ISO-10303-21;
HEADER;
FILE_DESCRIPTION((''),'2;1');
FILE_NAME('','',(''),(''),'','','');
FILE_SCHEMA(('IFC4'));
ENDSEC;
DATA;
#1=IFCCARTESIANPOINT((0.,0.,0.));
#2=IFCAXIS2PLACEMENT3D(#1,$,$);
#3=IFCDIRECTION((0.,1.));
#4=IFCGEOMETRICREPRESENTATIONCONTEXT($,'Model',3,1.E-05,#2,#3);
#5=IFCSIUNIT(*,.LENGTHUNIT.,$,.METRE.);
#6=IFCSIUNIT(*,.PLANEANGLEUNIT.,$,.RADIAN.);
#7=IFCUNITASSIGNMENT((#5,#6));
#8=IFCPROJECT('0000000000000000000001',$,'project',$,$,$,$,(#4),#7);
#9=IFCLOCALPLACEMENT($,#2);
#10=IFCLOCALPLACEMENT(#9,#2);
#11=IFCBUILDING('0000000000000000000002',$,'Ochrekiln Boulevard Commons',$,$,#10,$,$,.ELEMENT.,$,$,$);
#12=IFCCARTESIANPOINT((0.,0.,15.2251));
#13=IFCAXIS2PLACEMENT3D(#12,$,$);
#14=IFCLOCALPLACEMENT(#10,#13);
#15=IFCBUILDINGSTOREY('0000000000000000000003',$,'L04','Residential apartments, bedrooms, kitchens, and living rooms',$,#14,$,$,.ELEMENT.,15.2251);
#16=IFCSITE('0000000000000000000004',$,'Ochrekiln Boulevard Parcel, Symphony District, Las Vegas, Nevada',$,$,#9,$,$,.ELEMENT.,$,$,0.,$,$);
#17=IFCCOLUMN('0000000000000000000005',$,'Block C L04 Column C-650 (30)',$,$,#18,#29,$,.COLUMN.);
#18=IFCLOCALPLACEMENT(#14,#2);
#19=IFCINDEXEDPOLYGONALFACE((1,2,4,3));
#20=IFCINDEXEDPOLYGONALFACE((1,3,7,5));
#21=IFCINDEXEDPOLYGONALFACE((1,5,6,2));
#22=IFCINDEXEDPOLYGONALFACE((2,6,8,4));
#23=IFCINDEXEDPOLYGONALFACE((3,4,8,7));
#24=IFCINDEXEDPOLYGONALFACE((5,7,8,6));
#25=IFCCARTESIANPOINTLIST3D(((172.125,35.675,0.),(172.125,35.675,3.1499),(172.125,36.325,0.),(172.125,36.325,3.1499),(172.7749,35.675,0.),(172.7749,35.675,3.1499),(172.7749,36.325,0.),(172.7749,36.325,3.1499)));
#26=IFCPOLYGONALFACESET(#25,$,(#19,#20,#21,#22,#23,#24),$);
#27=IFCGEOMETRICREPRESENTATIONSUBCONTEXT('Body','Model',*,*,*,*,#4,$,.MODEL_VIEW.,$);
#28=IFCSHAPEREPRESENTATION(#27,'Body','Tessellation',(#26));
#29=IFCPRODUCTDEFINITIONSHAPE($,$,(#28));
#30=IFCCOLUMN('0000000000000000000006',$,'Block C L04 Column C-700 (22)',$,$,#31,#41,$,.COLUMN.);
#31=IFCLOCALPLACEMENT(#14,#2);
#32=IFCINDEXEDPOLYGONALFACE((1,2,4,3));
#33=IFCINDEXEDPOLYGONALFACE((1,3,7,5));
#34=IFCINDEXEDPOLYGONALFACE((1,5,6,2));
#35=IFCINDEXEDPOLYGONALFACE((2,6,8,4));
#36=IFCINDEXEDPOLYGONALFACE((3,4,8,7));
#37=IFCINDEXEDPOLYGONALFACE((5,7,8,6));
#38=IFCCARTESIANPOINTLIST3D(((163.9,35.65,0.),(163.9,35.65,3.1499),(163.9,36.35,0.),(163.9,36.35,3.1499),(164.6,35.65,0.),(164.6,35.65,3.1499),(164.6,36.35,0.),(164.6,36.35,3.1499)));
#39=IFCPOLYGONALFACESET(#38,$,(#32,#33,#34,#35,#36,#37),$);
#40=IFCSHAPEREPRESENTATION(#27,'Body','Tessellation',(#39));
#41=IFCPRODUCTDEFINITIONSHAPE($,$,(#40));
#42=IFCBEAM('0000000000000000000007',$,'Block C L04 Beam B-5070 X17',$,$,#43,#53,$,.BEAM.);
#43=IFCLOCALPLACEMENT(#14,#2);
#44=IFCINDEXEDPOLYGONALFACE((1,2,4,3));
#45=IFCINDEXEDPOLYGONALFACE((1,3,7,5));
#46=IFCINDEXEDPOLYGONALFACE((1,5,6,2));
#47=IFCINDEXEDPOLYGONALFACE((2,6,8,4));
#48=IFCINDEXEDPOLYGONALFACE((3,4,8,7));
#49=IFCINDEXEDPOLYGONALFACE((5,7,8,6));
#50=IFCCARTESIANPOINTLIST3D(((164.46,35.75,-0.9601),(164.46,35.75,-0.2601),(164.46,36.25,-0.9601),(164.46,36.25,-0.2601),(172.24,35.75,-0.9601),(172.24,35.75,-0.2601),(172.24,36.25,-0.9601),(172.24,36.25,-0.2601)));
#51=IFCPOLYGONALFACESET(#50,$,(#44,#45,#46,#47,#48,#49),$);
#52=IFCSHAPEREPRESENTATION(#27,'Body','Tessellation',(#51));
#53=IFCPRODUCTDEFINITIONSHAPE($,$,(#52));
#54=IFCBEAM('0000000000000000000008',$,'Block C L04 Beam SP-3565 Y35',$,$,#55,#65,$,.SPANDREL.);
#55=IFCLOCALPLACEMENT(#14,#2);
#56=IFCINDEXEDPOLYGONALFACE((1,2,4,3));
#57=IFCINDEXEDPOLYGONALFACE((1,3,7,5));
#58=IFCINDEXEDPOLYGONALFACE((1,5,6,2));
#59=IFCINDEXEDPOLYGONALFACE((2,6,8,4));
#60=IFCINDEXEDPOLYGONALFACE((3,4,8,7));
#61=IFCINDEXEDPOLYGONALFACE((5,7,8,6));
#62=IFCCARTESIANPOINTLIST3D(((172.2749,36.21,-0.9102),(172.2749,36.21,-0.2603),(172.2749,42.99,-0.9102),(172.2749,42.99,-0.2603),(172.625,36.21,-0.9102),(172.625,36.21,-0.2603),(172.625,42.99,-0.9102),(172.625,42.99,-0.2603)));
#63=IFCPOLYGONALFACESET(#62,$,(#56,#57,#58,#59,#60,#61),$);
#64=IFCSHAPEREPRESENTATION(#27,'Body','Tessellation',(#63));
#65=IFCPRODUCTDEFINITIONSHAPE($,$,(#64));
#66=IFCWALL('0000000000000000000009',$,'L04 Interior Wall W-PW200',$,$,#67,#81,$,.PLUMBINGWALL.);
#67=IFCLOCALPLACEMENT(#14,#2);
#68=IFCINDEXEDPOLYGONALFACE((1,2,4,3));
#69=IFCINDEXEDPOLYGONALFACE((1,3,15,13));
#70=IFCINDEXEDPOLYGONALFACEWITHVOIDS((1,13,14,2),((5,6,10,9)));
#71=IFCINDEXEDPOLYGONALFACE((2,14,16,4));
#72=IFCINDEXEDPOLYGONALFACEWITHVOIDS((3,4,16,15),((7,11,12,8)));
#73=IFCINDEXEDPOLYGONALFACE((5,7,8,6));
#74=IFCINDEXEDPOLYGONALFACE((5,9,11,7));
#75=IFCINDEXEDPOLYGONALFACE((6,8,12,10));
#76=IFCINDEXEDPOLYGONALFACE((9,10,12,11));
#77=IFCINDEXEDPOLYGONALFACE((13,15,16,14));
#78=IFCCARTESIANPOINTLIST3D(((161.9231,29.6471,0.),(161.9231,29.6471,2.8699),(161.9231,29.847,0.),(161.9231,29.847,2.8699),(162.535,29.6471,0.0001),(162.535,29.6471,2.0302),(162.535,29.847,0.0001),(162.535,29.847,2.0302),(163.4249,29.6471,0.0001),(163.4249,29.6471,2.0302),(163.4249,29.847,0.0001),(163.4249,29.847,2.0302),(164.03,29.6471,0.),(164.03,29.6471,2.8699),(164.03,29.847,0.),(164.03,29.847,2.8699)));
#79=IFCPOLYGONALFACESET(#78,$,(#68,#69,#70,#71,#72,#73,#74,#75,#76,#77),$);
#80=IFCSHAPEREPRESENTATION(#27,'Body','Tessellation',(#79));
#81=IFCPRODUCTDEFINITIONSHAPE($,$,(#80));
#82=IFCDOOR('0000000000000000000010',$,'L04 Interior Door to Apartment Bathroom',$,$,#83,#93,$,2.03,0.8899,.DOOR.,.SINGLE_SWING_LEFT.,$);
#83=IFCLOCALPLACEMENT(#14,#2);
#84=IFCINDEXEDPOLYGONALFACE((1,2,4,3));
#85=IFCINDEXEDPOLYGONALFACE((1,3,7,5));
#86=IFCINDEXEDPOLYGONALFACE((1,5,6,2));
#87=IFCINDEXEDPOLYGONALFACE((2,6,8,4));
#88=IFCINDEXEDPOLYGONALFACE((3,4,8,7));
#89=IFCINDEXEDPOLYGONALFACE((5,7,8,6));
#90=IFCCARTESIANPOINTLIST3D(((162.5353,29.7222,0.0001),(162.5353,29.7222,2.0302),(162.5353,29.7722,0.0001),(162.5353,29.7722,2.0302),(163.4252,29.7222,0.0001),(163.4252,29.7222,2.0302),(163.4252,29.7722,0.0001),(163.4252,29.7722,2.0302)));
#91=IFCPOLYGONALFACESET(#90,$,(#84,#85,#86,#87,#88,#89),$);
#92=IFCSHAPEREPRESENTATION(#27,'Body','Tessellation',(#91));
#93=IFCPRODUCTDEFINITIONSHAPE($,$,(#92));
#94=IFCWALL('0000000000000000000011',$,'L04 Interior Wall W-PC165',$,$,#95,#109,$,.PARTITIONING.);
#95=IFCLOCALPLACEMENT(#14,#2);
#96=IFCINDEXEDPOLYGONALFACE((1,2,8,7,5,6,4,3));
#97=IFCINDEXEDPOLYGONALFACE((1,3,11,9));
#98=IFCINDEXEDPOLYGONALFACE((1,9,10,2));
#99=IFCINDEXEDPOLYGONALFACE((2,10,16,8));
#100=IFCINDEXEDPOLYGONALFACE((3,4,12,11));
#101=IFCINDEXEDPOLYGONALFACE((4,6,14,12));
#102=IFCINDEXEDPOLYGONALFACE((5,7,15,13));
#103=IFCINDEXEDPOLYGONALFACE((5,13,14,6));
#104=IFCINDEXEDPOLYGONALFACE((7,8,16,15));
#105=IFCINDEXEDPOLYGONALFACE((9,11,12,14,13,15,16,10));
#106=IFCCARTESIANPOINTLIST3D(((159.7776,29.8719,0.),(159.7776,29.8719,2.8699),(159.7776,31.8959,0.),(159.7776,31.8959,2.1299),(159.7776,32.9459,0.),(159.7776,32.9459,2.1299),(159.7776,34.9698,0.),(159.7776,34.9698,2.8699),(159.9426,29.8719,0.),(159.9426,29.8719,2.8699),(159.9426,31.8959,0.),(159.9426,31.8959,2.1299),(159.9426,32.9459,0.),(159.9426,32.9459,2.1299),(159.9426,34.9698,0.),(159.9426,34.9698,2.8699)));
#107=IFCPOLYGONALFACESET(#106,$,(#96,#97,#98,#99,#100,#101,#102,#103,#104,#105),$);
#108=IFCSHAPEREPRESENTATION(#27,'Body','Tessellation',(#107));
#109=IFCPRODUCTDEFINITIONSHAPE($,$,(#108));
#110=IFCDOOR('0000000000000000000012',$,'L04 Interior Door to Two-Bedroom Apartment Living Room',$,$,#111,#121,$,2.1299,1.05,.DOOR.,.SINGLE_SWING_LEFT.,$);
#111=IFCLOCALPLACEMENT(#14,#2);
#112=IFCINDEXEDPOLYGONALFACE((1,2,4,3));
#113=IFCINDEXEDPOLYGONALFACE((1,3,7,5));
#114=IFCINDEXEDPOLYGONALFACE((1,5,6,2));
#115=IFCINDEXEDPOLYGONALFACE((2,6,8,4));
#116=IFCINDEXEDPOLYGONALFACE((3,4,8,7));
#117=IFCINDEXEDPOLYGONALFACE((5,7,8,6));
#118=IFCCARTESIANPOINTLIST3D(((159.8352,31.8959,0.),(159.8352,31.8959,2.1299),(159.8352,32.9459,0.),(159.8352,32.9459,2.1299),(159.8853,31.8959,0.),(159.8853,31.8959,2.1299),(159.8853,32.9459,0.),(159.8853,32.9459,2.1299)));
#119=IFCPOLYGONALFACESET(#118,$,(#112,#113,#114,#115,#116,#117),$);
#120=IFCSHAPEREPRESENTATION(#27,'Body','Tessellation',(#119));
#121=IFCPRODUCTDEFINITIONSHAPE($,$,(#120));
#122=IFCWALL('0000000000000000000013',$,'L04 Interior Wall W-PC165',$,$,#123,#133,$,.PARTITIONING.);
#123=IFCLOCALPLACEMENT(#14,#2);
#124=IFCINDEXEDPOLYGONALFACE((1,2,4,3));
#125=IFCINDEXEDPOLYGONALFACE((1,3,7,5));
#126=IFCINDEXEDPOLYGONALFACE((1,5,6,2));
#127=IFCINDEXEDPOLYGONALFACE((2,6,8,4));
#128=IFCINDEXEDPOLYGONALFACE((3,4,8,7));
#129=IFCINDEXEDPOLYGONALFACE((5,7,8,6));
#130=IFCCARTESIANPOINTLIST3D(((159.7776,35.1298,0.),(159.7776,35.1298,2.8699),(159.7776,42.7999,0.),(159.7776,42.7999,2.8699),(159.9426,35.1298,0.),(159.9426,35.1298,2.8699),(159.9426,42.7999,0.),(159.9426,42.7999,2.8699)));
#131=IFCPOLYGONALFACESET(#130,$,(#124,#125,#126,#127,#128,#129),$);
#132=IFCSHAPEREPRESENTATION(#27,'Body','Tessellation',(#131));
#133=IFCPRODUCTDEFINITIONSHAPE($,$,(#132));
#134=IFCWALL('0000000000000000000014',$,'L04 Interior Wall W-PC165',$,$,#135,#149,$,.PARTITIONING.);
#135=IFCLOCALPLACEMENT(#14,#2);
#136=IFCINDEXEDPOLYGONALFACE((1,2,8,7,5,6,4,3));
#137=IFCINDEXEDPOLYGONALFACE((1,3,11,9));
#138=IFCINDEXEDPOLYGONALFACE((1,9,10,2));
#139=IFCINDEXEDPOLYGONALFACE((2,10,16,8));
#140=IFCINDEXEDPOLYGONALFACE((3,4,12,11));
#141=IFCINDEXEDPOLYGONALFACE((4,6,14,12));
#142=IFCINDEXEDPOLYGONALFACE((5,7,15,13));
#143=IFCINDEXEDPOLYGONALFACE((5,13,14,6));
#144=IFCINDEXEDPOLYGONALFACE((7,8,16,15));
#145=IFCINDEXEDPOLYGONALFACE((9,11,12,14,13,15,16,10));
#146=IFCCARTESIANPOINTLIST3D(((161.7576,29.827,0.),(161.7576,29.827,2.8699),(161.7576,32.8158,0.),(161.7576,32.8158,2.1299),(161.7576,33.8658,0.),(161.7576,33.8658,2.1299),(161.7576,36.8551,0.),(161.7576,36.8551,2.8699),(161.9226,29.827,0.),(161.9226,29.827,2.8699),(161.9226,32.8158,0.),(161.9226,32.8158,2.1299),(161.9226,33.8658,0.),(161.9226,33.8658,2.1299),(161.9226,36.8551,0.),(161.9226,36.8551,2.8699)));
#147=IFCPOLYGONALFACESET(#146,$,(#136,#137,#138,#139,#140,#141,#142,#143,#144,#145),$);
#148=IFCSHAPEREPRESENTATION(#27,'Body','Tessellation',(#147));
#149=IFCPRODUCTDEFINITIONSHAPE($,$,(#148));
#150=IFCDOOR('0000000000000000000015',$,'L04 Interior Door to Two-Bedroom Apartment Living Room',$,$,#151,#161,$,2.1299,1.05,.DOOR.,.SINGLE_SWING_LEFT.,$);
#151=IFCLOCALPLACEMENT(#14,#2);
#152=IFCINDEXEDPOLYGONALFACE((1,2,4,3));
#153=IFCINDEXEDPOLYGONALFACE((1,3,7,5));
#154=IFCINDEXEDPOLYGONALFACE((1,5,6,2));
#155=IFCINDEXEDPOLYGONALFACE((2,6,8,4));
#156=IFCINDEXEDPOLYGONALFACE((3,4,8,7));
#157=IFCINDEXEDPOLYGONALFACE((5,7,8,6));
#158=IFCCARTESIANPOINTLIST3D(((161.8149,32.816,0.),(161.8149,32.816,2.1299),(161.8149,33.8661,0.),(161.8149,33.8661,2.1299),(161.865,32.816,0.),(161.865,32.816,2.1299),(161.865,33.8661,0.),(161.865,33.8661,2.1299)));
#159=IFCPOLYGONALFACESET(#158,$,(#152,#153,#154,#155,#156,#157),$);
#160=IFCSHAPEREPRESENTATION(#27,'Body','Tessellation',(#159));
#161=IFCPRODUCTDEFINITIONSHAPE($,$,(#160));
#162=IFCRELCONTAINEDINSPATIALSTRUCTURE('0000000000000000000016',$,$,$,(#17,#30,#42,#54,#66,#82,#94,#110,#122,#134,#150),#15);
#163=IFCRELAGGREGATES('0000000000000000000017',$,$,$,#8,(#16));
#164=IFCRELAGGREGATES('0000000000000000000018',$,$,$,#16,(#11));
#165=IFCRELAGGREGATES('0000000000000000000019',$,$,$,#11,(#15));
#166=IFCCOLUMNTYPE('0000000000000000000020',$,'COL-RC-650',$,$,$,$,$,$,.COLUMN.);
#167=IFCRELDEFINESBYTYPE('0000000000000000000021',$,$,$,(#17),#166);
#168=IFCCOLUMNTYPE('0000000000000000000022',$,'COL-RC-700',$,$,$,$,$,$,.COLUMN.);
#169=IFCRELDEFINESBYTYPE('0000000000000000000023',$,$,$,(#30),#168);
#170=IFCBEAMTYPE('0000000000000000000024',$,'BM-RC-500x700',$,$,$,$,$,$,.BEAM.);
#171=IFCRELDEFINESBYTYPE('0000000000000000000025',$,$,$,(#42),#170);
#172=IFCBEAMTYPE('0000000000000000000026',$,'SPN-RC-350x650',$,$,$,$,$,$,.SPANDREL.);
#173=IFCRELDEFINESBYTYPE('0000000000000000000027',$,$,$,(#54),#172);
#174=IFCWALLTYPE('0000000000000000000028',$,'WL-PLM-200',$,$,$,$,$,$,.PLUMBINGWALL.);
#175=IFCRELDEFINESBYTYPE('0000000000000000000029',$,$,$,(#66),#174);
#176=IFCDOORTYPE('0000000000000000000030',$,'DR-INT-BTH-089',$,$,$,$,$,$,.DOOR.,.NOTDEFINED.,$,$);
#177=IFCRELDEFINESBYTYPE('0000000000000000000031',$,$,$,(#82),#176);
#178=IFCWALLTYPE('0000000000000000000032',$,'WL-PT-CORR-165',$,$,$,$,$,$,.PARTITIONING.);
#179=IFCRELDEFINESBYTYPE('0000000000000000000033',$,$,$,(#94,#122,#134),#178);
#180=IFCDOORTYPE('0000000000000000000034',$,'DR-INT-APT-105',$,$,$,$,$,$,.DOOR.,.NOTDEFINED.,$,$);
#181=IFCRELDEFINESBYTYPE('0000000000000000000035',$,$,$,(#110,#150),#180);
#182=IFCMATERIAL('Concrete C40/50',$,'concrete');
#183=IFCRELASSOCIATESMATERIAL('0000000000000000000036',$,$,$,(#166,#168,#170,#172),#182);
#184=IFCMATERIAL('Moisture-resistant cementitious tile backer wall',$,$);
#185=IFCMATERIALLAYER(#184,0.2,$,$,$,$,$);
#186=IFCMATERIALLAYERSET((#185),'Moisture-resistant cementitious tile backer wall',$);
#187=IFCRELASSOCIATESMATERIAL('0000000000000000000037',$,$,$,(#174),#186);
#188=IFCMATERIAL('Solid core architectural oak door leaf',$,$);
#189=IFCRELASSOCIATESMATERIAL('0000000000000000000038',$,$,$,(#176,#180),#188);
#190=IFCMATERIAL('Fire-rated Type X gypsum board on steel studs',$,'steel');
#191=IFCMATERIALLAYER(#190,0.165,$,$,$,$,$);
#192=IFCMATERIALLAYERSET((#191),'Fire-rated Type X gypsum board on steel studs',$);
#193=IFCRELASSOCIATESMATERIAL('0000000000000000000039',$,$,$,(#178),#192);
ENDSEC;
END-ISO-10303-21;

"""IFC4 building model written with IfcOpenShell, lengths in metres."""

from ifc_helpers import new_model, si_unit, direction, frame, frame_2d, origin, origin_2d, place, context, subcontext, project, spatial, rectangle, extrude, material, layer, layer_set, material_profile, profile_set, type_object, element, fill, save


model = new_model("IFC4")

# Units and contexts
model_context = context("Model", 3, precision=1e-05, world=origin(), true_north=direction((0.0, 1.0)))
body_context = subcontext(model_context, "Body", "Model", "MODEL_VIEW")
ifc_project = project(units=[si_unit("LENGTHUNIT", "METRE"), si_unit("PLANEANGLEUNIT", "RADIAN")], contexts=[model_context])

# Site, building, storey
site_placement = place(None, origin())
site = spatial("IfcSite", under=ifc_project, at=site_placement, Name="Ochrekiln Boulevard Parcel, Symphony District, Las Vegas, Nevada", CompositionType="ELEMENT", RefElevation=0.0)
building_placement = place(site_placement, origin())
building = spatial("IfcBuilding", under=site, at=building_placement, Name="Ochrekiln Boulevard Commons", CompositionType="ELEMENT")
storey_placement = place(building_placement, frame((0.0, 0.0, 15.2251)))
storey = spatial("IfcBuildingStorey", under=building, at=storey_placement, Name="L04", Description="Residential apartments, bedrooms, kitchens, and living rooms", CompositionType="ELEMENT", Elevation=15.2251)

# Columns
ifc_material_1 = material(Name="Concrete C40/50", Category="concrete")
ifc_material_profile_1 = material_profile(ifc_material_1, rectangle(XDim=0.6499, YDim=0.6499, at=origin_2d()), Name="RC-COL-650x650")
ifc_profile_set_1 = profile_set([ifc_material_profile_1], Name="Concrete C40/50")
column_type_1 = type_object("IfcColumnType", Name="COL-RC-650", PredefinedType="COLUMN", material=ifc_profile_set_1)
column_1_placement = place(storey_placement, frame((172.45, 36.0, 0.0), z_axis=(0.0, 0.0, 1.0), x_axis=(1.0, 0.0, 0.0)))
element("IfcColumn", 1, at=column_1_placement, inside=storey, type_object=column_type_1, Name="Block C L04 Column C-650 (30)", PredefinedType="COLUMN", context=body_context, shape_type="SweptSolid", body=[
    extrude(rectangle(XDim=0.6499, YDim=0.6499, at=origin_2d()), origin(), (0.0, 0.0, 1.0), 3.1499),
])
ifc_material_profile_2 = material_profile(ifc_material_1, rectangle(XDim=0.7, YDim=0.7, at=origin_2d()), Name="RC-COL-700x700")
ifc_profile_set_2 = profile_set([ifc_material_profile_2], Name="Concrete C40/50")
column_type_2 = type_object("IfcColumnType", Name="COL-RC-700", PredefinedType="COLUMN", material=ifc_profile_set_2)
column_2_placement = place(storey_placement, frame((164.25, 36.0, 0.0), z_axis=(0.0, 0.0, 1.0), x_axis=(1.0, 0.0, 0.0)))
element("IfcColumn", 2, at=column_2_placement, inside=storey, type_object=column_type_2, Name="Block C L04 Column C-700 (22)", PredefinedType="COLUMN", context=body_context, shape_type="SweptSolid", body=[
    extrude(rectangle(XDim=0.7, YDim=0.7, at=origin_2d()), origin(), (0.0, 0.0, 1.0), 3.1499),
])

# Beams
ifc_material_profile_3 = material_profile(ifc_material_1, rectangle(XDim=0.5, YDim=0.7, at=origin_2d()), Name="RC-BM-500x700")
ifc_profile_set_3 = profile_set([ifc_material_profile_3], Name="Concrete C40/50")
beam_type_1 = type_object("IfcBeamType", Name="BM-RC-500x700", PredefinedType="BEAM", material=ifc_profile_set_3)
beam_1_placement = place(storey_placement, frame((164.46, 36.0, -0.6101), z_axis=(1.0, 0.0, 0.0), x_axis=(0.0, 1.0, 0.0)))
element("IfcBeam", 3, at=beam_1_placement, inside=storey, type_object=beam_type_1, Name="Block C L04 Beam B-5070 X17", PredefinedType="BEAM", context=body_context, shape_type="SweptSolid", body=[
    extrude(rectangle(XDim=0.5, YDim=0.7, at=origin_2d()), origin(), (0.0, 0.0, 1.0), 7.78),
])
ifc_material_profile_4 = material_profile(ifc_material_1, rectangle(XDim=0.3501, YDim=0.6499, at=origin_2d()), Name="RC-SPN-350x650")
ifc_profile_set_4 = profile_set([ifc_material_profile_4], Name="Concrete C40/50")
beam_type_2 = type_object("IfcBeamType", Name="SPN-RC-350x650", PredefinedType="SPANDREL", material=ifc_profile_set_4)
beam_2_placement = place(storey_placement, frame((172.45, 36.21, -0.5852), z_axis=(0.0, 1.0, 0.0), x_axis=(-1.0, 0.0, 0.0)))
element("IfcBeam", 4, at=beam_2_placement, inside=storey, type_object=beam_type_2, Name="Block C L04 Beam SP-3565 Y35", PredefinedType="SPANDREL", context=body_context, shape_type="SweptSolid", body=[
    extrude(rectangle(XDim=0.3501, YDim=0.6499, at=origin_2d()), origin(), (0.0, 0.0, 1.0), 6.78),
])

# Walls, openings, doors
ifc_material_2 = material(Name="Moisture-resistant cementitious tile backer wall")
ifc_layer_1 = layer(ifc_material_2, 0.2)
ifc_layer_set_1 = layer_set([ifc_layer_1], Name="Moisture-resistant cementitious tile backer wall")
wall_type_1 = type_object("IfcWallType", Name="WL-PLM-200", PredefinedType="PLUMBINGWALL", material=ifc_layer_set_1)
wall_1_placement = place(storey_placement, frame((161.9231, 29.7471, 0.0), z_axis=(0.0, 0.0, 1.0), x_axis=(1.0, 0.0, 0.0)))
wall_1 = element("IfcWall", 5, at=wall_1_placement, inside=storey, type_object=wall_type_1, Name="L04 Interior Wall W-PW200", PredefinedType="PLUMBINGWALL", context=body_context, shape_type="SweptSolid", body=[
    extrude(rectangle(XDim=2.1069, YDim=0.2, at=frame_2d((1.0535, 0.0))), origin(), (0.0, 0.0, 1.0), 2.8699),
])
opening_1_placement = place(wall_1_placement, frame((0.6121, 0.0, 0.0)))
opening_1 = element("IfcOpeningElement", 6, at=opening_1_placement, cuts=wall_1, PredefinedType="OPENING", context=body_context, shape_type="SweptSolid", body=[
    extrude(rectangle(XDim=0.8899, YDim=2.03, at=frame_2d((0.4448, 1.0151))), frame((0.0, 0.1099, 0.0), z_axis=(0.0, -1.0, 0.0), x_axis=(1.0, 0.0, 0.0)), (0.0, 0.0, 1.0), 0.22),
])
ifc_material_3 = material(Name="Solid core architectural oak door leaf")
door_type_1 = type_object("IfcDoorType", Name="DR-INT-BTH-089", OperationType="NOTDEFINED", PredefinedType="DOOR", material=ifc_material_3)
door_1_placement = place(opening_1_placement, frame((0.8899, 0.0, 0.0), z_axis=(0.0, 0.0, 1.0), x_axis=(-1.0, 0.0, 0.0)))
door_1 = element("IfcDoor", 7, at=door_1_placement, inside=storey, type_object=door_type_1, Name="L04 Interior Door to Apartment Bathroom", OperationType="SINGLE_SWING_LEFT", OverallHeight=2.03, OverallWidth=0.8899, PredefinedType="DOOR", context=body_context, shape_type="SweptSolid", body=[
    extrude(rectangle(XDim=0.8899, YDim=2.03, at=frame_2d((0.4448, 1.0151))), frame((0.0, 0.0249, 0.0), z_axis=(0.0, -1.0, 0.0), x_axis=(1.0, 0.0, 0.0)), (0.0, 0.0, 1.0), 0.05),
])
fill(opening_1, door_1)
ifc_material_4 = material(Name="Fire-rated Type X gypsum board on steel studs", Category="steel")
ifc_layer_2 = layer(ifc_material_4, 0.165)
ifc_layer_set_2 = layer_set([ifc_layer_2], Name="Fire-rated Type X gypsum board on steel studs")
wall_type_2 = type_object("IfcWallType", Name="WL-PT-CORR-165", PredefinedType="PARTITIONING", material=ifc_layer_set_2)
wall_2_placement = place(storey_placement, frame((159.8601, 29.8721, 0.0), z_axis=(0.0, 0.0, 1.0), x_axis=(0.0, 1.0, 0.0)))
wall_2 = element("IfcWall", 8, at=wall_2_placement, inside=storey, type_object=wall_type_2, Name="L04 Interior Wall W-PC165", PredefinedType="PARTITIONING", context=body_context, shape_type="SweptSolid", body=[
    extrude(rectangle(XDim=5.0979, YDim=0.165, at=frame_2d((2.5488, 0.0))), origin(), (0.0, 0.0, 1.0), 2.8699),
])
opening_2_placement = place(wall_2_placement, frame((2.0239, 0.0, 0.0)))
opening_2 = element("IfcOpeningElement", 9, at=opening_2_placement, cuts=wall_2, PredefinedType="OPENING", context=body_context, shape_type="SweptSolid", body=[
    extrude(rectangle(XDim=1.05, YDim=2.1299, at=frame_2d((0.5249, 1.0649))), frame((0.0, 0.0925, 0.0), z_axis=(0.0, -1.0, 0.0), x_axis=(1.0, 0.0, 0.0)), (0.0, 0.0, 1.0), 0.1851),
])
door_type_2 = type_object("IfcDoorType", Name="DR-INT-APT-105", OperationType="NOTDEFINED", PredefinedType="DOOR", material=ifc_material_3)
door_2_placement = place(opening_2_placement, origin())
door_2 = element("IfcDoor", 10, at=door_2_placement, inside=storey, type_object=door_type_2, Name="L04 Interior Door to Two-Bedroom Apartment Living Room", OperationType="SINGLE_SWING_LEFT", OverallHeight=2.1299, OverallWidth=1.05, PredefinedType="DOOR", context=body_context, shape_type="SweptSolid", body=[
    extrude(rectangle(XDim=1.05, YDim=2.1299, at=frame_2d((0.5249, 1.0649))), frame((0.0, 0.0249, 0.0), z_axis=(0.0, -1.0, 0.0), x_axis=(1.0, 0.0, 0.0)), (0.0, 0.0, 1.0), 0.05),
])
fill(opening_2, door_2)

# Wall
wall_3_placement = place(storey_placement, frame((159.8601, 35.1299, 0.0), z_axis=(0.0, 0.0, 1.0), x_axis=(0.0, 1.0, 0.0)))
element("IfcWall", 11, at=wall_3_placement, inside=storey, type_object=wall_type_2, Name="L04 Interior Wall W-PC165", PredefinedType="PARTITIONING", context=body_context, shape_type="SweptSolid", body=[
    extrude(rectangle(XDim=7.6702, YDim=0.165, at=frame_2d((3.835, 0.0))), origin(), (0.0, 0.0, 1.0), 2.8699),
])

# Wall, opening, door
wall_4_placement = place(storey_placement, frame((161.8401, 29.8269, 0.0), z_axis=(0.0, 0.0, 1.0), x_axis=(0.0, 1.0, 0.0)))
wall_4 = element("IfcWall", 12, at=wall_4_placement, inside=storey, type_object=wall_type_2, Name="L04 Interior Wall W-PC165", PredefinedType="PARTITIONING", context=body_context, shape_type="SweptSolid", body=[
    extrude(rectangle(XDim=7.0281, YDim=0.165, at=frame_2d((3.5142, 0.0))), origin(), (0.0, 0.0, 1.0), 2.8699),
])
opening_3_placement = place(wall_4_placement, frame((2.989, 0.0, 0.0)))
opening_3 = element("IfcOpeningElement", 13, at=opening_3_placement, cuts=wall_4, PredefinedType="OPENING", context=body_context, shape_type="SweptSolid", body=[
    extrude(rectangle(XDim=1.05, YDim=2.1299, at=frame_2d((0.5249, 1.0649))), frame((0.0, 0.0925, 0.0), z_axis=(0.0, -1.0, 0.0), x_axis=(1.0, 0.0, 0.0)), (0.0, 0.0, 1.0), 0.1851),
])
door_3_placement = place(opening_3_placement, frame((1.05, 0.0, 0.0), z_axis=(0.0, 0.0, 1.0), x_axis=(-1.0, 0.0, 0.0)))
door_3 = element("IfcDoor", 14, at=door_3_placement, inside=storey, type_object=door_type_2, Name="L04 Interior Door to Two-Bedroom Apartment Living Room", OperationType="SINGLE_SWING_LEFT", OverallHeight=2.1299, OverallWidth=1.05, PredefinedType="DOOR", context=body_context, shape_type="SweptSolid", body=[
    extrude(rectangle(XDim=1.05, YDim=2.1299, at=frame_2d((0.5249, 1.0649))), frame((0.0, 0.0249, 0.0), z_axis=(0.0, -1.0, 0.0), x_axis=(1.0, 0.0, 0.0)), (0.0, 0.0, 1.0), 0.05),
])
fill(opening_3, door_3)

save(model, "model.ifc")
